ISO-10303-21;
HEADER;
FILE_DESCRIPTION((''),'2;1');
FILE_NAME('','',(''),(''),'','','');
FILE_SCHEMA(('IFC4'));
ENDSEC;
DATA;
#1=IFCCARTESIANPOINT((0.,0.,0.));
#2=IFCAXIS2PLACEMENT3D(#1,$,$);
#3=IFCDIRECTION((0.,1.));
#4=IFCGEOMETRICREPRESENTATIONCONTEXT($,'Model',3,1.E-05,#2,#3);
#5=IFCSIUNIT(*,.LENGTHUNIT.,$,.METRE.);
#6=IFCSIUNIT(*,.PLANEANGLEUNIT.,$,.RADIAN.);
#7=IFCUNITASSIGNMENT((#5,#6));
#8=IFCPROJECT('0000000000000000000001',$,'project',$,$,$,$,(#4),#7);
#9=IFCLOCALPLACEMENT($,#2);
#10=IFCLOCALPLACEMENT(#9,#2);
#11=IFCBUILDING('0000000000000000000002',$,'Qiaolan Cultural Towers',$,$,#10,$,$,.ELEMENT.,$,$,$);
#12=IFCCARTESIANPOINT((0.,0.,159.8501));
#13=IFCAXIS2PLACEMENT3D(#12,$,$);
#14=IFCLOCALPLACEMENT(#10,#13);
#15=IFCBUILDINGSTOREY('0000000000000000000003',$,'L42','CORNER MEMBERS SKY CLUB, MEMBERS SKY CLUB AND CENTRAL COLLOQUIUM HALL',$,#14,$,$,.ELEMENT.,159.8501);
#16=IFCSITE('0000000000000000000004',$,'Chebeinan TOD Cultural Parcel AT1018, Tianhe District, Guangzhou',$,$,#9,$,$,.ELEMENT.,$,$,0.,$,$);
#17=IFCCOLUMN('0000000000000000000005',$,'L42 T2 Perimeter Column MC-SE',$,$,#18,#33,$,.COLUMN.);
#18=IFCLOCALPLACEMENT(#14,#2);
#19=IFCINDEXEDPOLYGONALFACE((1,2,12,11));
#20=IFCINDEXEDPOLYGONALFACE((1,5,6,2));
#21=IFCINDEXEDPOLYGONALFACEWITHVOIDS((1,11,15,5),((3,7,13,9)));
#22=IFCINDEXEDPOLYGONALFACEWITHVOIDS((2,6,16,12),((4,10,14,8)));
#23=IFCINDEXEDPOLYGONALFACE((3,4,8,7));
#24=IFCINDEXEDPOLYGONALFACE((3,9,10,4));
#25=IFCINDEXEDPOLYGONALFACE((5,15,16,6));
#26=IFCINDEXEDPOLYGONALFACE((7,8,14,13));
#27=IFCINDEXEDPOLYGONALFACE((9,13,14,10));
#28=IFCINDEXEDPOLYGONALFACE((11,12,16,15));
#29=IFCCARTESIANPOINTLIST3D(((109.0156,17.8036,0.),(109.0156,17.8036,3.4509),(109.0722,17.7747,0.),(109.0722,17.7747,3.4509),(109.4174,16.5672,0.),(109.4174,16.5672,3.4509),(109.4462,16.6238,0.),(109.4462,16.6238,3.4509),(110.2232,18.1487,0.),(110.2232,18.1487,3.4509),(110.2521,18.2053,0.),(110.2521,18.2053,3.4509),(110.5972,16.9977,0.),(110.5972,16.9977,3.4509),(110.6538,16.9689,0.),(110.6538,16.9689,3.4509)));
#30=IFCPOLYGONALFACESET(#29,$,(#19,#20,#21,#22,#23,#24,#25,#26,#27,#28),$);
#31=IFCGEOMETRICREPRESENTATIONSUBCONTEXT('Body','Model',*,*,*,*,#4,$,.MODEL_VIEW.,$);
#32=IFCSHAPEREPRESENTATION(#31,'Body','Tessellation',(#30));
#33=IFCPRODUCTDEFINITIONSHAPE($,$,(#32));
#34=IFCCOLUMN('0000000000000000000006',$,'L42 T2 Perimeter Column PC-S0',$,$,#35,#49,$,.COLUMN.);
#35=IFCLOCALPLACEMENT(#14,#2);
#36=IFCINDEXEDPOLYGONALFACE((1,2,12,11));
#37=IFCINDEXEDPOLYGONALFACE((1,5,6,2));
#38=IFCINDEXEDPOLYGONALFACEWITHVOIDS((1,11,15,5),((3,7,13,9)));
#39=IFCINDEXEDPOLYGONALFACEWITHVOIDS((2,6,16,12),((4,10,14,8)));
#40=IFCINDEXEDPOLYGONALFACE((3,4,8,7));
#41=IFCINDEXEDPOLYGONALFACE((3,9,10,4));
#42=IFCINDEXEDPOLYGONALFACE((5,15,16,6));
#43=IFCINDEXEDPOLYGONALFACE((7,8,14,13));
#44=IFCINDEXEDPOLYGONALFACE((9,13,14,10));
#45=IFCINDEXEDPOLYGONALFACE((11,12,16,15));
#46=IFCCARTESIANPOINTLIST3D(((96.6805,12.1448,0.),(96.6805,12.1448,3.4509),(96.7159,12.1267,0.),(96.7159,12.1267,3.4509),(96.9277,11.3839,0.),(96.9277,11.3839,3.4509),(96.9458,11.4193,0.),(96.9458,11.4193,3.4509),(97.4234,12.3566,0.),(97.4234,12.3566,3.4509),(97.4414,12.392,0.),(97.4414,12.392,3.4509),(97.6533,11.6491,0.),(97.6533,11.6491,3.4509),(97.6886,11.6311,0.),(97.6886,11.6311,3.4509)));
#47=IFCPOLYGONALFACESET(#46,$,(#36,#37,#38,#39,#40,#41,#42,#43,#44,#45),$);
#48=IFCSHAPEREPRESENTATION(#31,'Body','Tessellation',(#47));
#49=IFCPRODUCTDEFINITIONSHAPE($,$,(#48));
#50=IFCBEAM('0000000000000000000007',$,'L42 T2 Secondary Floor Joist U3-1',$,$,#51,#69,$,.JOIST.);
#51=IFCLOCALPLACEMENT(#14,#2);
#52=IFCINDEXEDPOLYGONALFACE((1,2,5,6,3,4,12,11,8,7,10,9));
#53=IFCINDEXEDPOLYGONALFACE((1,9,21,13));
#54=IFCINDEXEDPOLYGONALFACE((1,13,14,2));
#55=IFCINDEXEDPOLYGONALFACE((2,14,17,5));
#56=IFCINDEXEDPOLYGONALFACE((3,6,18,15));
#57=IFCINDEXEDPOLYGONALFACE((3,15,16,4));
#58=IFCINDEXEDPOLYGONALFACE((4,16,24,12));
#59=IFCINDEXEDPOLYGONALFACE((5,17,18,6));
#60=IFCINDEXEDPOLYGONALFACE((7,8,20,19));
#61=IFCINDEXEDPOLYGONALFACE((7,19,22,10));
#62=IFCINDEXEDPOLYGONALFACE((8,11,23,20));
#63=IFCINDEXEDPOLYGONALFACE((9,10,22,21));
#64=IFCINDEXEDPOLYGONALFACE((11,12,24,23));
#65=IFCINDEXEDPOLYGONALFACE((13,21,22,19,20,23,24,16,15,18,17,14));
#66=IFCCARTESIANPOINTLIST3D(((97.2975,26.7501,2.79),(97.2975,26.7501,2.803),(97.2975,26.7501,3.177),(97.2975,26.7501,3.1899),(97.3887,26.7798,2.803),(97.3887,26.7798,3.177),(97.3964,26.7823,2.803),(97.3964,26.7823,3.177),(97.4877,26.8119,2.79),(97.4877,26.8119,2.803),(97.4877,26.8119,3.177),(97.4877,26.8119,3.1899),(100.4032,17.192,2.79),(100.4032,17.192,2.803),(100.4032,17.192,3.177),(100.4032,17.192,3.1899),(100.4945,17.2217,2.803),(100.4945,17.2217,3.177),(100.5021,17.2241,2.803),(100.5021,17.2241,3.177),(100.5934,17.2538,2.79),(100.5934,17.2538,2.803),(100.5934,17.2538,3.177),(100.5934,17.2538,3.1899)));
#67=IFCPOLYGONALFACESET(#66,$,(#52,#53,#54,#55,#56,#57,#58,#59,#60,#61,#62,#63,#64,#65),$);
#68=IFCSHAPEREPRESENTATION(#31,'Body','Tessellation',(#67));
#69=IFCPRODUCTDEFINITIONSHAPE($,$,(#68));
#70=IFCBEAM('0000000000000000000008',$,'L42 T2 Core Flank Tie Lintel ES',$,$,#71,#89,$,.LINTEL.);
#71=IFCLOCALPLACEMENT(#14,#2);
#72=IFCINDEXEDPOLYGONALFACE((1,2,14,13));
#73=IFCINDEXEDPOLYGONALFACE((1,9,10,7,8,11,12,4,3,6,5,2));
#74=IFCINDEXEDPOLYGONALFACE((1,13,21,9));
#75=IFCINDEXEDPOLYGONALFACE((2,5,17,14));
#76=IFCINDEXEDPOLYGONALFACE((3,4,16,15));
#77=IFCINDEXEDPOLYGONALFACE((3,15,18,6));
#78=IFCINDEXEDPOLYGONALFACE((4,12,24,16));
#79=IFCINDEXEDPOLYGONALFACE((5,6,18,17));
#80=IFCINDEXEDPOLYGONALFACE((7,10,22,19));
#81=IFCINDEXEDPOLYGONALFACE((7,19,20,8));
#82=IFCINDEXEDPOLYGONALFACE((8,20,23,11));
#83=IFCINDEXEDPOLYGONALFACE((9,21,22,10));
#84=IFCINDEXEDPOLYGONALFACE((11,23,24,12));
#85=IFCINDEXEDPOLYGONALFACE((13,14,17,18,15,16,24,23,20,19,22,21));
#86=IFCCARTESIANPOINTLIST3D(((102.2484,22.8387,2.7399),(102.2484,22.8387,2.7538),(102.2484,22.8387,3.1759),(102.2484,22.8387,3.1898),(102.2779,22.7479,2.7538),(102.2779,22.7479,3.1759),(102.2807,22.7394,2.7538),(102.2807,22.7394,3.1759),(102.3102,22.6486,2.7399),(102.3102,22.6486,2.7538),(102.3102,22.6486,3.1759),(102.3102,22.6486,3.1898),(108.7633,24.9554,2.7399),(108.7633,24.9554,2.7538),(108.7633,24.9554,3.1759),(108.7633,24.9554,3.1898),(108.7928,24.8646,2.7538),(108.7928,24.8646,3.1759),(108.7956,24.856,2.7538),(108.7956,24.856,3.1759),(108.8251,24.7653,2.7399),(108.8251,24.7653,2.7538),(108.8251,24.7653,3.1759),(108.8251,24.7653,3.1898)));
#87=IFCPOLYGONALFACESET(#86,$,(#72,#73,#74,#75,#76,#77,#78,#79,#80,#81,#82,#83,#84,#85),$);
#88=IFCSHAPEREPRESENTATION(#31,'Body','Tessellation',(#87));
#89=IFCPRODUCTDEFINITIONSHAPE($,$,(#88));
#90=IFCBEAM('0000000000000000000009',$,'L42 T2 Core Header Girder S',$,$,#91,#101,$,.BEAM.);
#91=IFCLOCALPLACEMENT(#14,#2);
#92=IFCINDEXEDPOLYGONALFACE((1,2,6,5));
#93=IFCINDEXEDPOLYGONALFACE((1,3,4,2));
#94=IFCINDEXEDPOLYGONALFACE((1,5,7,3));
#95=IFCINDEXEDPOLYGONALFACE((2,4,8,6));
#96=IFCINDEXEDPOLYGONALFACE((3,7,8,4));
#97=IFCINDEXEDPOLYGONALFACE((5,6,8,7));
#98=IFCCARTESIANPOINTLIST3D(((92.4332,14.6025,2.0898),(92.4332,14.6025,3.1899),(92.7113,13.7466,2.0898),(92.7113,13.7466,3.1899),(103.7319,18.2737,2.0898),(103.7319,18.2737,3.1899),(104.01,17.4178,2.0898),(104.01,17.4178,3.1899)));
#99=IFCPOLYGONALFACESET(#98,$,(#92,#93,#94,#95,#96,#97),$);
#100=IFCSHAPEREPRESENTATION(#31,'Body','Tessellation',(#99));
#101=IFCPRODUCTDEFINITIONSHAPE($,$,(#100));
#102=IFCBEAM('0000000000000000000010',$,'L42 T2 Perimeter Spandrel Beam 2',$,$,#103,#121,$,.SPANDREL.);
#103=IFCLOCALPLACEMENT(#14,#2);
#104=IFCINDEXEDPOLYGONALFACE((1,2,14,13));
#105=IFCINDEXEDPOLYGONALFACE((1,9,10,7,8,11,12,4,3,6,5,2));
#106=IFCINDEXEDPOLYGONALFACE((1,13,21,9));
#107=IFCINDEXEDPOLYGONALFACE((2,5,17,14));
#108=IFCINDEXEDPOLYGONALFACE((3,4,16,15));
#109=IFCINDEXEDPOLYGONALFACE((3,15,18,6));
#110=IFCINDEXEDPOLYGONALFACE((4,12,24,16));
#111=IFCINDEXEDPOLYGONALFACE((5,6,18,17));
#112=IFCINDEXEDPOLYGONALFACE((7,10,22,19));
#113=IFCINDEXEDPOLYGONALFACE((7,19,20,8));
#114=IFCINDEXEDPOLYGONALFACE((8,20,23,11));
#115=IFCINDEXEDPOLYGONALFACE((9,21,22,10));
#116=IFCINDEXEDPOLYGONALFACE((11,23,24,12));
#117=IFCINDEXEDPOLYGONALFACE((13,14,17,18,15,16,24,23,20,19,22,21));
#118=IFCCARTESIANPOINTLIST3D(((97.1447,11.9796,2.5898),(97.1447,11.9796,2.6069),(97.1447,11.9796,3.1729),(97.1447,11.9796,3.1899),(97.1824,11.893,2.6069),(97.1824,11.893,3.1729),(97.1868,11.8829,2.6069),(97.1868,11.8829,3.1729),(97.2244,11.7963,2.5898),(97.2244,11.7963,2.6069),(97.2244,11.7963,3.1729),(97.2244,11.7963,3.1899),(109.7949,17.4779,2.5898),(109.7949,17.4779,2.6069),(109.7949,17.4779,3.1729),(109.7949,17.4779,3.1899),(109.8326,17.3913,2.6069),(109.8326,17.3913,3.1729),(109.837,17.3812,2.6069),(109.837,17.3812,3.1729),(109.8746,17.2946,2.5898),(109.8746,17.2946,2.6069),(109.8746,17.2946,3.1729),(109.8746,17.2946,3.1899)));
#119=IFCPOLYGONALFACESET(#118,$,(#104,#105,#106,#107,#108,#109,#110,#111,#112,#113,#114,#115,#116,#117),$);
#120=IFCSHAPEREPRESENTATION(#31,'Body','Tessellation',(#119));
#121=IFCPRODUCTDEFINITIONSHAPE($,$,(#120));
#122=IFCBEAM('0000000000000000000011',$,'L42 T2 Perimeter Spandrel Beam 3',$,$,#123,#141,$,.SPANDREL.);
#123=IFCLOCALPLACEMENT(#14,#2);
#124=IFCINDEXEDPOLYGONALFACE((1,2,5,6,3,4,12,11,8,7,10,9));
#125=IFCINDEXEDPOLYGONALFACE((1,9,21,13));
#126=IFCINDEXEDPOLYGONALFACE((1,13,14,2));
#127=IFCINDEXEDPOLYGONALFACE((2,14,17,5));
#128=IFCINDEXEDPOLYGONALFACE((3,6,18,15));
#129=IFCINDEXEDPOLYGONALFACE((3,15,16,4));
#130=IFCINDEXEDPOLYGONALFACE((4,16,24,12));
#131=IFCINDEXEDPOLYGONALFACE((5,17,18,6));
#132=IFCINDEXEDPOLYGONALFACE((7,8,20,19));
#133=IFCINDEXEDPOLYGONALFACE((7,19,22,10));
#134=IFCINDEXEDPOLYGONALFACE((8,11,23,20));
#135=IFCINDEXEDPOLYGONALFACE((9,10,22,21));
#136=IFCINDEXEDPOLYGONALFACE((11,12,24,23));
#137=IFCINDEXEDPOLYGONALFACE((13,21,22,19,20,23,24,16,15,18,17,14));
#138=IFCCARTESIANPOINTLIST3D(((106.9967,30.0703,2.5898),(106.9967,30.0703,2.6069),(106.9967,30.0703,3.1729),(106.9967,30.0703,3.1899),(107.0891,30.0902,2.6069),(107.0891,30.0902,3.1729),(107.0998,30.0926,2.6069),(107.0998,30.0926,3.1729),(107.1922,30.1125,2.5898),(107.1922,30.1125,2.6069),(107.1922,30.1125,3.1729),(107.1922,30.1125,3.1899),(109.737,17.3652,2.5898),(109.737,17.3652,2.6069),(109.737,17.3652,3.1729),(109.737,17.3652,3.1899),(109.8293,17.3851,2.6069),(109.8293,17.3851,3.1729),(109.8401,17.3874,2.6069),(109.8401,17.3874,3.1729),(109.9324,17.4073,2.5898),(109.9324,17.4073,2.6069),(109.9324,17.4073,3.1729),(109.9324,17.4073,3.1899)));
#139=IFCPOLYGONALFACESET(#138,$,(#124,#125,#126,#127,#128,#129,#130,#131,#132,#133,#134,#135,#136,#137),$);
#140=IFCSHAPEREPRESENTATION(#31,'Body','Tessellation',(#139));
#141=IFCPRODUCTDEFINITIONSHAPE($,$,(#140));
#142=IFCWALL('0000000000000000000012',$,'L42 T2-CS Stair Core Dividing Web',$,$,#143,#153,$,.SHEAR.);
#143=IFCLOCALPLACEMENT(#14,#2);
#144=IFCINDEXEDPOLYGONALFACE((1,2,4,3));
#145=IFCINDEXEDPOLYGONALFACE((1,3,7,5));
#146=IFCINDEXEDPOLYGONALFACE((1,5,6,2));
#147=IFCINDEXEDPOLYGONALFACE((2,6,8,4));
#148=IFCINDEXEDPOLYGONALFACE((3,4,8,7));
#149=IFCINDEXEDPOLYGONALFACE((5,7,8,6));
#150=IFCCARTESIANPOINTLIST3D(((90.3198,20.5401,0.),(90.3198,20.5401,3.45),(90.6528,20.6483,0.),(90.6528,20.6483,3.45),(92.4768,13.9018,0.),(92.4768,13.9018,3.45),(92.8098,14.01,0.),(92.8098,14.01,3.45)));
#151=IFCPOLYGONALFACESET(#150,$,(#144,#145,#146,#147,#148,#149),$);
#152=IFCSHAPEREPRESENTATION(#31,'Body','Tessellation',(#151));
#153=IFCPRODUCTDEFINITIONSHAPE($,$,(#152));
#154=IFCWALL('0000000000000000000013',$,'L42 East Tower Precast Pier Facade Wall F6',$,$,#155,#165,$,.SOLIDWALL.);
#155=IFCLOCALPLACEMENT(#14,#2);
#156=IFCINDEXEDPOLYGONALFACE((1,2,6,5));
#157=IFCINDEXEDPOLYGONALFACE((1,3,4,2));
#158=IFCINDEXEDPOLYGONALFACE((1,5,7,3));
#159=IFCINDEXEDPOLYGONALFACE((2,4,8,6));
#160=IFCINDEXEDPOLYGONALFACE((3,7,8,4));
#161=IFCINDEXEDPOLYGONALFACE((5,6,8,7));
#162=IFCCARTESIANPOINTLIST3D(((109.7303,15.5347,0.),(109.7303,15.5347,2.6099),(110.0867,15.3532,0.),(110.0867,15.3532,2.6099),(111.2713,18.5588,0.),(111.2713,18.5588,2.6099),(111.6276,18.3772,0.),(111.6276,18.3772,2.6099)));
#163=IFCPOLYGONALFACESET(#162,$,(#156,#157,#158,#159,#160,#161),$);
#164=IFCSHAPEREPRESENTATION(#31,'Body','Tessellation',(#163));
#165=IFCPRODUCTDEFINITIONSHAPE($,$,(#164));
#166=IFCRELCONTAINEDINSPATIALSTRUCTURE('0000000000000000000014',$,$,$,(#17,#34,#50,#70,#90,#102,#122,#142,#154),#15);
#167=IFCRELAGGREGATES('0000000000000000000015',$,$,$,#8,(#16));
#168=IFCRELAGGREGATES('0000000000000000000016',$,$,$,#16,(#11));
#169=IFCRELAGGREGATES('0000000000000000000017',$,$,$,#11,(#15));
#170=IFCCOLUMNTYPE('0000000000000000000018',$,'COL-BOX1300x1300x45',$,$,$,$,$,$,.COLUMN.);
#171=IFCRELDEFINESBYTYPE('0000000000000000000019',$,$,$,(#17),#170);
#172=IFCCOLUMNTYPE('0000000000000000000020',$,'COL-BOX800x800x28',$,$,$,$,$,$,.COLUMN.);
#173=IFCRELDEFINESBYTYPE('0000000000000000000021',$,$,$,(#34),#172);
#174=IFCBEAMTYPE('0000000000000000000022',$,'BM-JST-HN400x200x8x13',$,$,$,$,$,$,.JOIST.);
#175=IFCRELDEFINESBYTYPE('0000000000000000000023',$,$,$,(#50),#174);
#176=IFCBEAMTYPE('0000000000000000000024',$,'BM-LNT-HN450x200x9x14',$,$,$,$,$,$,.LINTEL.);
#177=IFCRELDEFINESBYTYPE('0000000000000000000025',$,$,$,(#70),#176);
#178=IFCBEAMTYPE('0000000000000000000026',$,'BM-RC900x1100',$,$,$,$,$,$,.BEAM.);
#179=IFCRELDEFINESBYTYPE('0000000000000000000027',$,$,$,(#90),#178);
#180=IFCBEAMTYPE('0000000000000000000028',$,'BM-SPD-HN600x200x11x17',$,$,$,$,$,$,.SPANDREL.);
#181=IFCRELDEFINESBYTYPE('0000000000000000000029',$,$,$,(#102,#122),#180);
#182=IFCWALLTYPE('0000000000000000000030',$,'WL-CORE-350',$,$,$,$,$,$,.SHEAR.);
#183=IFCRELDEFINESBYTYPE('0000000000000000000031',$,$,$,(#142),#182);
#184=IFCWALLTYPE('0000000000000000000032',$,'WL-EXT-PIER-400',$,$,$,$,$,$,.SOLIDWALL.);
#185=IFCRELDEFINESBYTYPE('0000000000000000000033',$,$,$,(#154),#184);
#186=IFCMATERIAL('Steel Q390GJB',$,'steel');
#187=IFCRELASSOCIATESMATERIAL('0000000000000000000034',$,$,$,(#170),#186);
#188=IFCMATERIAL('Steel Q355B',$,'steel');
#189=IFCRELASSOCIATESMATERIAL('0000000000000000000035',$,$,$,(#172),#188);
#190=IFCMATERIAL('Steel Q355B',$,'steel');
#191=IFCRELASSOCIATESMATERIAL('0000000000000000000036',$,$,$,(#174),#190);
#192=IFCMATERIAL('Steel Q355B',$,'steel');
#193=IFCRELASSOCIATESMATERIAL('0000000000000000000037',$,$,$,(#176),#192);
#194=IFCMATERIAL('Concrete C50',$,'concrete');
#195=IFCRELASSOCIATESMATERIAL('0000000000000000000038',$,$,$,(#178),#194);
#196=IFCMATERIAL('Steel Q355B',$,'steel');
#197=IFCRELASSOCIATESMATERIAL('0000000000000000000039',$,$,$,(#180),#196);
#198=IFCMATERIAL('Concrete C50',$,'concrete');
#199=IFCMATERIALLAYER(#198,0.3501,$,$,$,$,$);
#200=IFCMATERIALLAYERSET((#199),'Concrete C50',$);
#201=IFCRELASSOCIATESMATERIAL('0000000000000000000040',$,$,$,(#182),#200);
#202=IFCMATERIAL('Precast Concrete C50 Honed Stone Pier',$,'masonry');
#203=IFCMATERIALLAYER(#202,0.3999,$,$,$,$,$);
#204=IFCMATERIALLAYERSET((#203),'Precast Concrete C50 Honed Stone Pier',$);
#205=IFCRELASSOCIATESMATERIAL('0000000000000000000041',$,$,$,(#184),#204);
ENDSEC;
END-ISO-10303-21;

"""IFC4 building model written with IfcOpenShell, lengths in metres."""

from ifc_helpers import new_model, si_unit, direction, frame, frame_2d, origin, origin_2d, place, context, subcontext, project, spatial, rectangle, hollow_rectangle, i_section, extrude, material, layer, layer_set, material_profile, profile_set, type_object, element, save


model = new_model("IFC4")

# Units and contexts
model_context = context("Model", 3, precision=1e-05, world=origin(), true_north=direction((0.0, 1.0)))
body_context = subcontext(model_context, "Body", "Model", "MODEL_VIEW")
ifc_project = project(units=[si_unit("LENGTHUNIT", "METRE"), si_unit("PLANEANGLEUNIT", "RADIAN")], contexts=[model_context])

# Site, building, storey
site_placement = place(None, origin())
site = spatial("IfcSite", under=ifc_project, at=site_placement, Name="Chebeinan TOD Cultural Parcel AT1018, Tianhe District, Guangzhou", CompositionType="ELEMENT", RefElevation=0.0)
building_placement = place(site_placement, origin())
building = spatial("IfcBuilding", under=site, at=building_placement, Name="Qiaolan Cultural Towers", CompositionType="ELEMENT")
storey_placement = place(building_placement, frame((0.0, 0.0, 159.8501)))
storey = spatial("IfcBuildingStorey", under=building, at=storey_placement, Name="L42", Description="CORNER MEMBERS SKY CLUB, MEMBERS SKY CLUB AND CENTRAL COLLOQUIUM HALL", CompositionType="ELEMENT", Elevation=159.8501)

# Columns
ifc_material_1 = material(Name="Steel Q390GJB", Category="steel")
ifc_material_profile_1 = material_profile(ifc_material_1, hollow_rectangle(XDim=1.3, YDim=1.3, WallThickness=0.0449, at=origin_2d()), Name="BOX1300x1300x45")
ifc_profile_set_1 = profile_set([ifc_material_profile_1], Name="Steel Q390GJB")
column_type_1 = type_object("IfcColumnType", Name="COL-BOX1300x1300x45", PredefinedType="COLUMN", material=ifc_profile_set_1)
column_1_placement = place(storey_placement, frame((109.8347, 17.3862, 0.0), z_axis=(0.0, 0.0, 1.0), x_axis=(0.951057, 0.309017, 0.0)))
element("IfcColumn", 1, at=column_1_placement, inside=storey, type_object=column_type_1, Name="L42 T2 Perimeter Column MC-SE", PredefinedType="COLUMN", context=body_context, shape_type="SweptSolid", body=[
    extrude(hollow_rectangle(XDim=1.3, YDim=1.3, WallThickness=0.0449, at=origin_2d()), origin(), (0.0, 0.0, 1.0), 3.4509),
])
ifc_material_2 = material(Name="Steel Q355B", Category="steel")
ifc_material_profile_2 = material_profile(ifc_material_2, hollow_rectangle(XDim=0.8, YDim=0.8, WallThickness=0.0281, at=origin_2d()), Name="BOX800x800x28")
ifc_profile_set_2 = profile_set([ifc_material_profile_2], Name="Steel Q355B")
column_type_2 = type_object("IfcColumnType", Name="COL-BOX800x800x28", PredefinedType="COLUMN", material=ifc_profile_set_2)
column_2_placement = place(storey_placement, frame((97.1846, 11.8879, 0.0), z_axis=(0.0, 0.0, 1.0), x_axis=(0.951057, 0.309017, 0.0)))
element("IfcColumn", 2, at=column_2_placement, inside=storey, type_object=column_type_2, Name="L42 T2 Perimeter Column PC-S0", PredefinedType="COLUMN", context=body_context, shape_type="SweptSolid", body=[
    extrude(hollow_rectangle(XDim=0.8, YDim=0.8, WallThickness=0.0281, at=origin_2d()), origin(), (0.0, 0.0, 1.0), 3.4509),
])

# Beams
ifc_material_3 = material(Name="Steel Q355B", Category="steel")
ifc_material_profile_3 = material_profile(ifc_material_3, i_section(OverallWidth=0.2, OverallDepth=0.3999, WebThickness=0.0081, FlangeThickness=0.0129, at=origin_2d()), Name="HN400x200x8x13")
ifc_profile_set_3 = profile_set([ifc_material_profile_3], Name="Steel Q355B")
beam_type_1 = type_object("IfcBeamType", Name="BM-JST-HN400x200x8x13", PredefinedType="JOIST", material=ifc_profile_set_3)
beam_1_placement = place(storey_placement, frame((100.4983, 17.2229, 2.99), z_axis=(-0.309026, 0.951054, 0.0), x_axis=(-0.951054, -0.309026, 0.0)))
element("IfcBeam", 3, at=beam_1_placement, inside=storey, type_object=beam_type_1, Name="L42 T2 Secondary Floor Joist U3-1", PredefinedType="JOIST", context=body_context, shape_type="SweptSolid", body=[
    extrude(i_section(OverallWidth=0.2, OverallDepth=0.3999, WebThickness=0.0081, FlangeThickness=0.0129, at=origin_2d()), origin(), (0.0, 0.0, 1.0), 10.05),
])
ifc_material_4 = material(Name="Steel Q355B", Category="steel")
ifc_material_profile_4 = material_profile(ifc_material_4, i_section(OverallWidth=0.2, OverallDepth=0.45, WebThickness=0.009, FlangeThickness=0.0139, at=origin_2d()), Name="HN450x200x9x14")
ifc_profile_set_4 = profile_set([ifc_material_profile_4], Name="Steel Q355B")
beam_type_2 = type_object("IfcBeamType", Name="BM-LNT-HN450x200x9x14", PredefinedType="LINTEL", material=ifc_profile_set_4)
beam_2_placement = place(storey_placement, frame((102.2793, 22.7437, 2.9648), z_axis=(0.951062, 0.309001, 0.0), x_axis=(-0.309001, 0.951062, 0.0)))
element("IfcBeam", 4, at=beam_2_placement, inside=storey, type_object=beam_type_2, Name="L42 T2 Core Flank Tie Lintel ES", PredefinedType="LINTEL", context=body_context, shape_type="SweptSolid", body=[
    extrude(i_section(OverallWidth=0.2, OverallDepth=0.45, WebThickness=0.009, FlangeThickness=0.0139, at=origin_2d()), origin(), (0.0, 0.0, 1.0), 6.8501),
])
ifc_material_5 = material(Name="Concrete C50", Category="concrete")
ifc_material_profile_5 = material_profile(ifc_material_5, rectangle(XDim=0.8999, YDim=1.1001, at=origin_2d()), Name="RC900x1100")
ifc_profile_set_5 = profile_set([ifc_material_profile_5], Name="Concrete C50")
beam_type_3 = type_object("IfcBeamType", Name="BM-RC900x1100", PredefinedType="BEAM", material=ifc_profile_set_5)
beam_3_placement = place(storey_placement, frame((92.5723, 14.1746, 2.6399), z_axis=(0.951056, 0.309018, 0.0), x_axis=(-0.309018, 0.951056, 0.0)))
element("IfcBeam", 5, at=beam_3_placement, inside=storey, type_object=beam_type_3, Name="L42 T2 Core Header Girder S", PredefinedType="BEAM", context=body_context, shape_type="SweptSolid", body=[
    extrude(rectangle(XDim=0.8999, YDim=1.1001, at=origin_2d()), origin(), (0.0, 0.0, 1.0), 11.8801),
])
ifc_material_6 = material(Name="Steel Q355B", Category="steel")
ifc_material_profile_6 = material_profile(ifc_material_6, i_section(OverallWidth=0.2, OverallDepth=0.6001, WebThickness=0.011, FlangeThickness=0.0171, at=origin_2d()), Name="HN600x200x11x17")
ifc_profile_set_6 = profile_set([ifc_material_profile_6], Name="Steel Q355B")
beam_type_4 = type_object("IfcBeamType", Name="BM-SPD-HN600x200x11x17", PredefinedType="SPANDREL", material=ifc_profile_set_6)
beam_4_placement = place(storey_placement, frame((97.1846, 11.8879, 2.8899), z_axis=(0.917117, 0.398618, 0.0), x_axis=(-0.398618, 0.917117, 0.0)))
element("IfcBeam", 6, at=beam_4_placement, inside=storey, type_object=beam_type_4, Name="L42 T2 Perimeter Spandrel Beam 2", PredefinedType="SPANDREL", context=body_context, shape_type="SweptSolid", body=[
    extrude(i_section(OverallWidth=0.2, OverallDepth=0.6001, WebThickness=0.011, FlangeThickness=0.0171, at=origin_2d()), origin(), (0.0, 0.0, 1.0), 13.7935),
])
beam_5_placement = place(storey_placement, frame((109.8347, 17.3862, 2.8899), z_axis=(-0.210832, 0.977522, 0.0), x_axis=(-0.977522, -0.210832, 0.0)))
element("IfcBeam", 7, at=beam_5_placement, inside=storey, type_object=beam_type_4, Name="L42 T2 Perimeter Spandrel Beam 3", PredefinedType="SPANDREL", context=body_context, shape_type="SweptSolid", body=[
    extrude(i_section(OverallWidth=0.2, OverallDepth=0.6001, WebThickness=0.011, FlangeThickness=0.0171, at=origin_2d()), origin(), (0.0, 0.0, 1.0), 12.9973),
])

# Walls
ifc_material_7 = material(Name="Concrete C50", Category="concrete")
ifc_layer_1 = layer(ifc_material_7, 0.3501)
ifc_layer_set_1 = layer_set([ifc_layer_1], Name="Concrete C50")
wall_type_1 = type_object("IfcWallType", Name="WL-CORE-350", PredefinedType="SHEAR", material=ifc_layer_set_1)
wall_1_placement = place(storey_placement, frame((90.4863, 20.5942, 0.0), z_axis=(0.0, 0.0, 1.0), x_axis=(0.30902, -0.951055, 0.0)))
element("IfcWall", 8, at=wall_1_placement, inside=storey, type_object=wall_type_1, Name="L42 T2-CS Stair Core Dividing Web", PredefinedType="SHEAR", context=body_context, shape_type="SweptSolid", body=[
    extrude(rectangle(XDim=6.98, YDim=0.3501, at=frame_2d((3.49, 0.0))), origin(), (0.0, 0.0, 1.0), 3.45),
])
ifc_material_8 = material(Name="Precast Concrete C50 Honed Stone Pier", Category="masonry")
ifc_layer_2 = layer(ifc_material_8, 0.3999)
ifc_layer_set_2 = layer_set([ifc_layer_2], Name="Precast Concrete C50 Honed Stone Pier")
wall_type_2 = type_object("IfcWallType", Name="WL-EXT-PIER-400", PredefinedType="SOLIDWALL", material=ifc_layer_set_2)
wall_2_placement = place(storey_placement, frame((111.4495, 18.468, 0.0), z_axis=(0.0, 0.0, 1.0), x_axis=(-0.45402, -0.890992, 0.0)))
element("IfcWall", 9, at=wall_2_placement, inside=storey, type_object=wall_type_2, Name="L42 East Tower Precast Pier Facade Wall F6", PredefinedType="SOLIDWALL", context=body_context, shape_type="SweptSolid", body=[
    extrude(rectangle(XDim=3.394, YDim=0.3999, at=frame_2d((1.697, 0.0))), origin(), (0.0, 0.0, 1.0), 2.6099),
])

save(model, "model.ifc")
